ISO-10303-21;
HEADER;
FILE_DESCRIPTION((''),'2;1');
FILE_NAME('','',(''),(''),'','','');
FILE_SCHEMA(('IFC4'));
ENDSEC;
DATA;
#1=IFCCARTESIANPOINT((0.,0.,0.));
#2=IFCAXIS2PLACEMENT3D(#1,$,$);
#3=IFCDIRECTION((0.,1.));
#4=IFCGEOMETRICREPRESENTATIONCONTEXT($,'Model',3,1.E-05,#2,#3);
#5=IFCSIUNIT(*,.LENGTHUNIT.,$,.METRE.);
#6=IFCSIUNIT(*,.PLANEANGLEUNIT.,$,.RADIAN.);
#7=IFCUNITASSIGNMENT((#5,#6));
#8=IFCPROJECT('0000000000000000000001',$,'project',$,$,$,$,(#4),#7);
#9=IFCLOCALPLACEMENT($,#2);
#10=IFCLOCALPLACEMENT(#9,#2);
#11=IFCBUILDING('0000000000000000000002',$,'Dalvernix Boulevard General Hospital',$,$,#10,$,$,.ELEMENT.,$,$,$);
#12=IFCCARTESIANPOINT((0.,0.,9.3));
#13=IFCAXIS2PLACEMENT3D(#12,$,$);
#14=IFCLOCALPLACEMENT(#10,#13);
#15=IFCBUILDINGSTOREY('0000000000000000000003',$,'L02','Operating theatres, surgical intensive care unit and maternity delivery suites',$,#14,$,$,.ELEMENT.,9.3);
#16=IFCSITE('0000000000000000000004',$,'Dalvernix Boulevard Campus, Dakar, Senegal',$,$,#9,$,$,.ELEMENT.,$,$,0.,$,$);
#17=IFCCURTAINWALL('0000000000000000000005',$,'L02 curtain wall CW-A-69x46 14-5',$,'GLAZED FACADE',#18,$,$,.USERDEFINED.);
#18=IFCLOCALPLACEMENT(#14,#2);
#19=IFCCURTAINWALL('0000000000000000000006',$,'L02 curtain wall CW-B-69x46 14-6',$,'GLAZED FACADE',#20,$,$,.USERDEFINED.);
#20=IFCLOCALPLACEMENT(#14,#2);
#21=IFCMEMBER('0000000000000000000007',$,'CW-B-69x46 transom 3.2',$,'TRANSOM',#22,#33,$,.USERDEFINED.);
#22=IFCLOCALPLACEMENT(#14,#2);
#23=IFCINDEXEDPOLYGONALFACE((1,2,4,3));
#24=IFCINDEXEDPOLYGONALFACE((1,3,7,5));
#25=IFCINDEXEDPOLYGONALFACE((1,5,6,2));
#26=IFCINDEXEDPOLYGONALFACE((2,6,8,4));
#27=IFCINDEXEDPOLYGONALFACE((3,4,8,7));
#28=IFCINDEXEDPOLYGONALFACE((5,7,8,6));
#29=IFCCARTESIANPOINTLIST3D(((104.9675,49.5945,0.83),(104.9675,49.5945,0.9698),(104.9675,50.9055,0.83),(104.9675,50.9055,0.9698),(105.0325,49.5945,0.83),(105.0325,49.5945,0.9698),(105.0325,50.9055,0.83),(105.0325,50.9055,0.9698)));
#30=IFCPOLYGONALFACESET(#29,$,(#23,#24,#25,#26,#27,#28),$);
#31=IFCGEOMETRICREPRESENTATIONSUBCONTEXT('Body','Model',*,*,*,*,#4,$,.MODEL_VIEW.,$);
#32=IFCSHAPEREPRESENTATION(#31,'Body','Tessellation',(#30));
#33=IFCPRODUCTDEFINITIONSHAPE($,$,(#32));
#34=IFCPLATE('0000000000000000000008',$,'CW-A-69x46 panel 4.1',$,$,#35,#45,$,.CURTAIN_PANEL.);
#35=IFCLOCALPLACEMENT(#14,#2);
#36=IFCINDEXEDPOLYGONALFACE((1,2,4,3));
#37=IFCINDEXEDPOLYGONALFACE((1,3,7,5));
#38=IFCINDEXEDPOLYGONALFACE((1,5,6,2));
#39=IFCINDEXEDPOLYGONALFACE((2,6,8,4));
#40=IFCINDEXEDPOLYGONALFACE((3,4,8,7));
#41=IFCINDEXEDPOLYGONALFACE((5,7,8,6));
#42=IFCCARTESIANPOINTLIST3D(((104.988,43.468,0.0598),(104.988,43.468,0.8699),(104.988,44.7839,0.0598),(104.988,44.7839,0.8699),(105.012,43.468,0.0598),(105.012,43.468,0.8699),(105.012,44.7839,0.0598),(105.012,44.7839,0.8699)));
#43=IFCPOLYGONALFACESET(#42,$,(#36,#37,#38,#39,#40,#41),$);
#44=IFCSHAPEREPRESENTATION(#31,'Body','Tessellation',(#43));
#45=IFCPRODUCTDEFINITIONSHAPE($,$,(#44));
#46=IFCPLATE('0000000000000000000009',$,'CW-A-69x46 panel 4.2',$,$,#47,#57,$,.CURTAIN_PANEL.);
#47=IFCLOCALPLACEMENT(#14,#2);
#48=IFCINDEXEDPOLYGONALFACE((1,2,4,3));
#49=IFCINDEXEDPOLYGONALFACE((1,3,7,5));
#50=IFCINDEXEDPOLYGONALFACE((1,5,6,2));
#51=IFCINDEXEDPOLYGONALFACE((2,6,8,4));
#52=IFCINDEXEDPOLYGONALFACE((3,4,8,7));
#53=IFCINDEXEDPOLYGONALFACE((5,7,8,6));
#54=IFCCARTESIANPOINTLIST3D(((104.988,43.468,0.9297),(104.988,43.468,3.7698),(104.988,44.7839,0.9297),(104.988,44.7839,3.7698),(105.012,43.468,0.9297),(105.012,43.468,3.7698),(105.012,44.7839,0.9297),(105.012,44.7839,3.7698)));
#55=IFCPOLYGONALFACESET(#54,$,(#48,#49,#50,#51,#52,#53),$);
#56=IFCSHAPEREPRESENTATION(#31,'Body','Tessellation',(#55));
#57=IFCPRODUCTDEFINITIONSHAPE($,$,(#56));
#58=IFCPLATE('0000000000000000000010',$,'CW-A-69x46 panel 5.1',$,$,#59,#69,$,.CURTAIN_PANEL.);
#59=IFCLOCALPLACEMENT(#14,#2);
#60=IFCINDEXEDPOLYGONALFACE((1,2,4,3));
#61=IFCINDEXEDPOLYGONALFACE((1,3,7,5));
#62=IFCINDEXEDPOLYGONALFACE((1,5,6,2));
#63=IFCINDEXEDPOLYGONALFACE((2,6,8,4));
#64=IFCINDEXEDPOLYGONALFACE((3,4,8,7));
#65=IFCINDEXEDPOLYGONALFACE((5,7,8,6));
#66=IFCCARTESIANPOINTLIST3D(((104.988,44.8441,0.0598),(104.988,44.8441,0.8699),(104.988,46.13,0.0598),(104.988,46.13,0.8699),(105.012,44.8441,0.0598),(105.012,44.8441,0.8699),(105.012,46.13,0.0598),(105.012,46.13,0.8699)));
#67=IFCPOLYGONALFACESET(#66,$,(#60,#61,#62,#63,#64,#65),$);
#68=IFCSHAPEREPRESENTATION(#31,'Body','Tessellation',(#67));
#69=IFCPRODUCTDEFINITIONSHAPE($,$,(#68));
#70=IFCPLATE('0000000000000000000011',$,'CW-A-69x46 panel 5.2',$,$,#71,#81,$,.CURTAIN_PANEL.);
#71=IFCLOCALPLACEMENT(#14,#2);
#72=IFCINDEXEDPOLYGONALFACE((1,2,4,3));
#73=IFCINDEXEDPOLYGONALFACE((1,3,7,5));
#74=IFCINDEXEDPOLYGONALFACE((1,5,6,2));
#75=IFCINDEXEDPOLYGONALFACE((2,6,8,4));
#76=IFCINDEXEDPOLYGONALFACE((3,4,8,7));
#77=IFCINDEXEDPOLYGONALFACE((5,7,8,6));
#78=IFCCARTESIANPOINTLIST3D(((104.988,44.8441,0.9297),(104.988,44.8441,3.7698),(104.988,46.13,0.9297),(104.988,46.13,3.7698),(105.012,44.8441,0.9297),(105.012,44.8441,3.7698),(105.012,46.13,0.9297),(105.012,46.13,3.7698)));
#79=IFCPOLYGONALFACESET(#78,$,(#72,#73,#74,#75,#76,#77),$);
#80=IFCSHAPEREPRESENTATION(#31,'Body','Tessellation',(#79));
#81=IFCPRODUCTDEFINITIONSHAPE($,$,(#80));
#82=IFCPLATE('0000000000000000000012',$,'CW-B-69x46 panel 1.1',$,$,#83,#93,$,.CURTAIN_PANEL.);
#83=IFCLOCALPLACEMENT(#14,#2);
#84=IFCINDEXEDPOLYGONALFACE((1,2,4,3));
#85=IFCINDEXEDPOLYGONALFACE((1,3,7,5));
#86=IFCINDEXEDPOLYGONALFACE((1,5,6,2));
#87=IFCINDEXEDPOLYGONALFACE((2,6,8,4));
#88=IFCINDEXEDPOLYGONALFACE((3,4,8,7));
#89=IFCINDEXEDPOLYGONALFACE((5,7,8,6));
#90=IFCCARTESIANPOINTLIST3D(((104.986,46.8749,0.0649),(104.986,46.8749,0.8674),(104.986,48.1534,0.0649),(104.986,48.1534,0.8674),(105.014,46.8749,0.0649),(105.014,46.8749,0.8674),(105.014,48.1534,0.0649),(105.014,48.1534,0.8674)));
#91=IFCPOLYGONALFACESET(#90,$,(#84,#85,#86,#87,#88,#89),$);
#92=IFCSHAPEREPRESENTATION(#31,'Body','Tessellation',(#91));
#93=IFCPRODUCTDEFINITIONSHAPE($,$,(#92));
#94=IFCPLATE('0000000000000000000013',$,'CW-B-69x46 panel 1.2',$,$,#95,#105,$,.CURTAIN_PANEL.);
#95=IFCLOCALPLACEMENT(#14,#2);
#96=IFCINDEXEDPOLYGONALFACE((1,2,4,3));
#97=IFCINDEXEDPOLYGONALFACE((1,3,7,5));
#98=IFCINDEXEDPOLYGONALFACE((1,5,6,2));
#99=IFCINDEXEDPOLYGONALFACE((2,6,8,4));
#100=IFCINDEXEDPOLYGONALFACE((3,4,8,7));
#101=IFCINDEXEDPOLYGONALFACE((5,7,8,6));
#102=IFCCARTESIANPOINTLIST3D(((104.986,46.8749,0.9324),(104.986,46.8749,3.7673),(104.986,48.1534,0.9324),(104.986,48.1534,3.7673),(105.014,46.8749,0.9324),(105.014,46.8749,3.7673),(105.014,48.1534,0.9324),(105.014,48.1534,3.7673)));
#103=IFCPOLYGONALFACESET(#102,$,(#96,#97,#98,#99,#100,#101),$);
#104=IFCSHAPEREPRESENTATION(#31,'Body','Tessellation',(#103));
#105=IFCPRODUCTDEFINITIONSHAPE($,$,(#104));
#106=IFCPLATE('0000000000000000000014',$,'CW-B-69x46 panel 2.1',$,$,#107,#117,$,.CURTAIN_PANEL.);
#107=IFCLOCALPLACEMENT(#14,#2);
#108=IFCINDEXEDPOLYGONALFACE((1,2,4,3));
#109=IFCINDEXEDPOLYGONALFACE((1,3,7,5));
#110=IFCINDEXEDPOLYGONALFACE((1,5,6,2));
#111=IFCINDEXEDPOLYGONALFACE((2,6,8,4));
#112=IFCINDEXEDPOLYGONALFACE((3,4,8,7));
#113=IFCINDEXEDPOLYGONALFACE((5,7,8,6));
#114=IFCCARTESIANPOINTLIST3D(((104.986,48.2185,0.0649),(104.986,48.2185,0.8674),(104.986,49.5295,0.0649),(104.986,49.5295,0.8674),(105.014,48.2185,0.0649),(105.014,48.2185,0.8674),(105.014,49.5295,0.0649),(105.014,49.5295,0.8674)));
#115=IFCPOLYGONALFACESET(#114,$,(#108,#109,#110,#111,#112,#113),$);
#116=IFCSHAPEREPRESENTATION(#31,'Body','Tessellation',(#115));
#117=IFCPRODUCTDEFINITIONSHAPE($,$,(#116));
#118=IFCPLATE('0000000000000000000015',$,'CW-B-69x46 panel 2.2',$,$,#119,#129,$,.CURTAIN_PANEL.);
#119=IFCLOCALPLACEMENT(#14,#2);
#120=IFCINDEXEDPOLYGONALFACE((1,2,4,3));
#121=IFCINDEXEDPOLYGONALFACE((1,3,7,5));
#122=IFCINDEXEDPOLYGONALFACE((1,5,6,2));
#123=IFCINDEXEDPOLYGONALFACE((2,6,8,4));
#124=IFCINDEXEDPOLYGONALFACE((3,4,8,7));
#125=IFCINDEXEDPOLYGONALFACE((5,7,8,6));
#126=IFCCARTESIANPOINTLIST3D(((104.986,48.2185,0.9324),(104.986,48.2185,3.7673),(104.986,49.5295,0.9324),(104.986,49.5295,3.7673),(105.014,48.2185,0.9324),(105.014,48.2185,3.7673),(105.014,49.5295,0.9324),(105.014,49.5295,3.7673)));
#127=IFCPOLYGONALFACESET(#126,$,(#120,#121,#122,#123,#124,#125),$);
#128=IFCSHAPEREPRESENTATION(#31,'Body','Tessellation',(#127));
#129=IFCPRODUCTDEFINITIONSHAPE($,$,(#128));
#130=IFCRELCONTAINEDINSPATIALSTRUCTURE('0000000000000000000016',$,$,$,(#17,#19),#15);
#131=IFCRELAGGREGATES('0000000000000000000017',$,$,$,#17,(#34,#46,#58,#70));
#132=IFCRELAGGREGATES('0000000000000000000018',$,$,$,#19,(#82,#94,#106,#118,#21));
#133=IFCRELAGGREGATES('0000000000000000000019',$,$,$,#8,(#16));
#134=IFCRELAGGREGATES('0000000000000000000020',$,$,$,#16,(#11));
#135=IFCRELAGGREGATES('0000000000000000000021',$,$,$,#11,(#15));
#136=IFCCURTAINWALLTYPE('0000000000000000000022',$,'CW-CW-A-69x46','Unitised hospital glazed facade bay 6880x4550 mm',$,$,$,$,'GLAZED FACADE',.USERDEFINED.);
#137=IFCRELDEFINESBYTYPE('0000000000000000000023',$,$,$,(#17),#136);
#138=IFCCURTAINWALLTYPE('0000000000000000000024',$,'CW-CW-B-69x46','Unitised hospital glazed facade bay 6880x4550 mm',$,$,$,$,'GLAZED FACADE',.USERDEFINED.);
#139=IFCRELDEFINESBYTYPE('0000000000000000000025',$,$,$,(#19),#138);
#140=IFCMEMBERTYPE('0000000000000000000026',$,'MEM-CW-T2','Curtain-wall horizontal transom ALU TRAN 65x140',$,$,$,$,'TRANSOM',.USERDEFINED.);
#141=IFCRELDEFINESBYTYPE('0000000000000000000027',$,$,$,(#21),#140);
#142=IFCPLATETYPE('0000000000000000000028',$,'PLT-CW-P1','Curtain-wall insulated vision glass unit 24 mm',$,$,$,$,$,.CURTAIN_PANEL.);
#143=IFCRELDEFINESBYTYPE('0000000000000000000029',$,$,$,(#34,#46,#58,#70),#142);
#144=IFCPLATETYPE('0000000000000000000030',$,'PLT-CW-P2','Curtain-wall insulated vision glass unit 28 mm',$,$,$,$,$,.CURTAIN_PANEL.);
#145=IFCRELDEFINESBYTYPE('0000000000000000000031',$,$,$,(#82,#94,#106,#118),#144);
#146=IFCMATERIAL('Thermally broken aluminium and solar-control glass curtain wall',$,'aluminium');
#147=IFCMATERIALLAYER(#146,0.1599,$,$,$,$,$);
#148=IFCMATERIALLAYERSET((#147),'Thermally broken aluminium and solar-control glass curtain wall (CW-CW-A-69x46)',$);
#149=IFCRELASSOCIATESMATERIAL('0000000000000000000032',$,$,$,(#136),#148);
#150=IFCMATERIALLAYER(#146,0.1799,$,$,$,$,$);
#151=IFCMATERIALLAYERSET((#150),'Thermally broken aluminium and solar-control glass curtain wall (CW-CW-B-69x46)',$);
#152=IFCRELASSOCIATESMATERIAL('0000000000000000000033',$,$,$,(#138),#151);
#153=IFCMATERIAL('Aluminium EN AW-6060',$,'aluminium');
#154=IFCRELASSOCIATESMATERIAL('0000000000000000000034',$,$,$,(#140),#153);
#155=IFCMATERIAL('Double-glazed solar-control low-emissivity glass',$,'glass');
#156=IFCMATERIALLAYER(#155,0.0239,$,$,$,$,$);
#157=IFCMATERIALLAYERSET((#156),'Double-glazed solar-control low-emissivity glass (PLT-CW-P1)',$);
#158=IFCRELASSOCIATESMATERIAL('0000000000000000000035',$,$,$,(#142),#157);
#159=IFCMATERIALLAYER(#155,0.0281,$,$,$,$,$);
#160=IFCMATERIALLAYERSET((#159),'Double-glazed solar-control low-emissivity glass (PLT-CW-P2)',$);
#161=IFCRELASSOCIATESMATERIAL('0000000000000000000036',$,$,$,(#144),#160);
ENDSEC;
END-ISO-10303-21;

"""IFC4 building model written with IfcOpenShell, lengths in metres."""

from ifc_helpers import new_model, si_unit, direction, frame, origin, origin_2d, place, context, subcontext, project, spatial, rectangle, extrude, material, layer, layer_set, material_profile, profile_set, type_object, element, aggregate, save


model = new_model("IFC4")

# Units and contexts
model_context = context("Model", 3, precision=1e-05, world=origin(), true_north=direction((0.0, 1.0)))
body_context = subcontext(model_context, "Body", "Model", "MODEL_VIEW")
ifc_project = project(units=[si_unit("LENGTHUNIT", "METRE"), si_unit("PLANEANGLEUNIT", "RADIAN")], contexts=[model_context])

# Site, building, storey
site_placement = place(None, origin())
site = spatial("IfcSite", under=ifc_project, at=site_placement, Name="Dalvernix Boulevard Campus, Dakar, Senegal", CompositionType="ELEMENT", RefElevation=0.0)
building_placement = place(site_placement, origin())
building = spatial("IfcBuilding", under=site, at=building_placement, Name="Dalvernix Boulevard General Hospital", CompositionType="ELEMENT")
storey_placement = place(building_placement, frame((0.0, 0.0, 9.3)))
storey = spatial("IfcBuildingStorey", under=building, at=storey_placement, Name="L02", Description="Operating theatres, surgical intensive care unit and maternity delivery suites", CompositionType="ELEMENT", Elevation=9.3)

# Curtain walls
ifc_material_1 = material(Name="Thermally broken aluminium and solar-control glass curtain wall", Category="aluminium")
ifc_layer_1 = layer(ifc_material_1, 0.1599)
ifc_layer_set_1 = layer_set([ifc_layer_1], Name="Thermally broken aluminium and solar-control glass curtain wall (CW-CW-A-69x46)")
curtain_wall_type_1 = type_object("IfcCurtainWallType", Name="CW-CW-A-69x46", Description="Unitised hospital glazed facade bay 6880x4550 mm", ElementType="GLAZED FACADE", PredefinedType="USERDEFINED", material=ifc_layer_set_1)
curtain_wall_1_placement = place(storey_placement, origin())
curtain_wall_1 = element("IfcCurtainWall", 1, at=curtain_wall_1_placement, inside=storey, type_object=curtain_wall_type_1, Name="L02 curtain wall CW-A-69x46 14-5", ObjectType="GLAZED FACADE", PredefinedType="USERDEFINED")
ifc_material_2 = material(Name="Aluminium EN AW-6060", Category="aluminium")
ifc_layer_2 = layer(ifc_material_1, 0.1799)
ifc_layer_set_2 = layer_set([ifc_layer_2], Name="Thermally broken aluminium and solar-control glass curtain wall (CW-CW-B-69x46)")
curtain_wall_type_2 = type_object("IfcCurtainWallType", Name="CW-CW-B-69x46", Description="Unitised hospital glazed facade bay 6880x4550 mm", ElementType="GLAZED FACADE", PredefinedType="USERDEFINED", material=ifc_layer_set_2)
curtain_wall_2_placement = place(storey_placement, origin())
curtain_wall_2 = element("IfcCurtainWall", 2, at=curtain_wall_2_placement, inside=storey, type_object=curtain_wall_type_2, Name="L02 curtain wall CW-B-69x46 14-6", ObjectType="GLAZED FACADE", PredefinedType="USERDEFINED")

# Member
ifc_material_profile_1 = material_profile(ifc_material_2, rectangle(XDim=0.0649, YDim=0.1399, at=origin_2d()), Name="ALU TRAN 65x140")
ifc_profile_set_1 = profile_set([ifc_material_profile_1], Name="Aluminium EN AW-6060")
member_type_1 = type_object("IfcMemberType", Name="MEM-CW-T2", Description="Curtain-wall horizontal transom ALU TRAN 65x140", ElementType="TRANSOM", PredefinedType="USERDEFINED", material=ifc_profile_set_1)
member_1_placement = place(storey_placement, frame((105.0, 49.5945, 0.8999), z_axis=(0.0, 1.0, 0.0), x_axis=(-1.0, 0.0, 0.0)))
member_1 = element("IfcMember", 3, at=member_1_placement, type_object=member_type_1, Name="CW-B-69x46 transom 3.2", ObjectType="TRANSOM", PredefinedType="USERDEFINED", context=body_context, shape_type="SweptSolid", body=[
    extrude(rectangle(XDim=0.0649, YDim=0.1399, at=origin_2d()), origin(), (0.0, 0.0, 1.0), 1.311),
])

# Plates
ifc_material_3 = material(Name="Double-glazed solar-control low-emissivity glass", Category="glass")
ifc_layer_3 = layer(ifc_material_3, 0.0239)
ifc_layer_set_3 = layer_set([ifc_layer_3], Name="Double-glazed solar-control low-emissivity glass (PLT-CW-P1)")
plate_type_1 = type_object("IfcPlateType", Name="PLT-CW-P1", Description="Curtain-wall insulated vision glass unit 24 mm", PredefinedType="CURTAIN_PANEL", material=ifc_layer_set_3)
plate_1_placement = place(storey_placement, frame((105.0, 44.126, 0.0598), z_axis=(0.0, 0.0, 1.0), x_axis=(0.0, 1.0, 0.0)))
plate_1 = element("IfcPlate", 4, at=plate_1_placement, type_object=plate_type_1, Name="CW-A-69x46 panel 4.1", PredefinedType="CURTAIN_PANEL", context=body_context, shape_type="SweptSolid", body=[
    extrude(rectangle(XDim=1.3159, YDim=0.0239, at=origin_2d()), origin(), (0.0, 0.0, 1.0), 0.8101),
])
plate_2_placement = place(storey_placement, frame((105.0, 44.126, 0.9297), z_axis=(0.0, 0.0, 1.0), x_axis=(0.0, 1.0, 0.0)))
plate_2 = element("IfcPlate", 5, at=plate_2_placement, type_object=plate_type_1, Name="CW-A-69x46 panel 4.2", PredefinedType="CURTAIN_PANEL", context=body_context, shape_type="SweptSolid", body=[
    extrude(rectangle(XDim=1.3159, YDim=0.0239, at=origin_2d()), origin(), (0.0, 0.0, 1.0), 2.8401),
])
plate_3_placement = place(storey_placement, frame((105.0, 45.4871, 0.0598), z_axis=(0.0, 0.0, 1.0), x_axis=(0.0, 1.0, 0.0)))
plate_3 = element("IfcPlate", 6, at=plate_3_placement, type_object=plate_type_1, Name="CW-A-69x46 panel 5.1", PredefinedType="CURTAIN_PANEL", context=body_context, shape_type="SweptSolid", body=[
    extrude(rectangle(XDim=1.2859, YDim=0.0239, at=origin_2d()), origin(), (0.0, 0.0, 1.0), 0.8101),
])
plate_4_placement = place(storey_placement, frame((105.0, 45.4871, 0.9297), z_axis=(0.0, 0.0, 1.0), x_axis=(0.0, 1.0, 0.0)))
plate_4 = element("IfcPlate", 7, at=plate_4_placement, type_object=plate_type_1, Name="CW-A-69x46 panel 5.2", PredefinedType="CURTAIN_PANEL", context=body_context, shape_type="SweptSolid", body=[
    extrude(rectangle(XDim=1.2859, YDim=0.0239, at=origin_2d()), origin(), (0.0, 0.0, 1.0), 2.8401),
])
aggregate(curtain_wall_1, [plate_1, plate_2, plate_3, plate_4])
ifc_layer_4 = layer(ifc_material_3, 0.0281)
ifc_layer_set_4 = layer_set([ifc_layer_4], Name="Double-glazed solar-control low-emissivity glass (PLT-CW-P2)")
plate_type_2 = type_object("IfcPlateType", Name="PLT-CW-P2", Description="Curtain-wall insulated vision glass unit 28 mm", PredefinedType="CURTAIN_PANEL", material=ifc_layer_set_4)
plate_5_placement = place(storey_placement, frame((105.0, 47.5142, 0.0649), z_axis=(0.0, 0.0, 1.0), x_axis=(0.0, 1.0, 0.0)))
plate_5 = element("IfcPlate", 8, at=plate_5_placement, type_object=plate_type_2, Name="CW-B-69x46 panel 1.1", PredefinedType="CURTAIN_PANEL", context=body_context, shape_type="SweptSolid", body=[
    extrude(rectangle(XDim=1.2786, YDim=0.0281, at=origin_2d()), origin(), (0.0, 0.0, 1.0), 0.8025),
])
plate_6_placement = place(storey_placement, frame((105.0, 47.5142, 0.9324), z_axis=(0.0, 0.0, 1.0), x_axis=(0.0, 1.0, 0.0)))
plate_6 = element("IfcPlate", 9, at=plate_6_placement, type_object=plate_type_2, Name="CW-B-69x46 panel 1.2", PredefinedType="CURTAIN_PANEL", context=body_context, shape_type="SweptSolid", body=[
    extrude(rectangle(XDim=1.2786, YDim=0.0281, at=origin_2d()), origin(), (0.0, 0.0, 1.0), 2.835),
])
plate_7_placement = place(storey_placement, frame((105.0, 48.874, 0.0649), z_axis=(0.0, 0.0, 1.0), x_axis=(0.0, 1.0, 0.0)))
plate_7 = element("IfcPlate", 10, at=plate_7_placement, type_object=plate_type_2, Name="CW-B-69x46 panel 2.1", PredefinedType="CURTAIN_PANEL", context=body_context, shape_type="SweptSolid", body=[
    extrude(rectangle(XDim=1.311, YDim=0.0281, at=origin_2d()), origin(), (0.0, 0.0, 1.0), 0.8025),
])
plate_8_placement = place(storey_placement, frame((105.0, 48.874, 0.9324), z_axis=(0.0, 0.0, 1.0), x_axis=(0.0, 1.0, 0.0)))
plate_8 = element("IfcPlate", 11, at=plate_8_placement, type_object=plate_type_2, Name="CW-B-69x46 panel 2.2", PredefinedType="CURTAIN_PANEL", context=body_context, shape_type="SweptSolid", body=[
    extrude(rectangle(XDim=1.311, YDim=0.0281, at=origin_2d()), origin(), (0.0, 0.0, 1.0), 2.835),
])
aggregate(curtain_wall_2, [plate_5, plate_6, plate_7, plate_8, member_1])

save(model, "model.ifc")
